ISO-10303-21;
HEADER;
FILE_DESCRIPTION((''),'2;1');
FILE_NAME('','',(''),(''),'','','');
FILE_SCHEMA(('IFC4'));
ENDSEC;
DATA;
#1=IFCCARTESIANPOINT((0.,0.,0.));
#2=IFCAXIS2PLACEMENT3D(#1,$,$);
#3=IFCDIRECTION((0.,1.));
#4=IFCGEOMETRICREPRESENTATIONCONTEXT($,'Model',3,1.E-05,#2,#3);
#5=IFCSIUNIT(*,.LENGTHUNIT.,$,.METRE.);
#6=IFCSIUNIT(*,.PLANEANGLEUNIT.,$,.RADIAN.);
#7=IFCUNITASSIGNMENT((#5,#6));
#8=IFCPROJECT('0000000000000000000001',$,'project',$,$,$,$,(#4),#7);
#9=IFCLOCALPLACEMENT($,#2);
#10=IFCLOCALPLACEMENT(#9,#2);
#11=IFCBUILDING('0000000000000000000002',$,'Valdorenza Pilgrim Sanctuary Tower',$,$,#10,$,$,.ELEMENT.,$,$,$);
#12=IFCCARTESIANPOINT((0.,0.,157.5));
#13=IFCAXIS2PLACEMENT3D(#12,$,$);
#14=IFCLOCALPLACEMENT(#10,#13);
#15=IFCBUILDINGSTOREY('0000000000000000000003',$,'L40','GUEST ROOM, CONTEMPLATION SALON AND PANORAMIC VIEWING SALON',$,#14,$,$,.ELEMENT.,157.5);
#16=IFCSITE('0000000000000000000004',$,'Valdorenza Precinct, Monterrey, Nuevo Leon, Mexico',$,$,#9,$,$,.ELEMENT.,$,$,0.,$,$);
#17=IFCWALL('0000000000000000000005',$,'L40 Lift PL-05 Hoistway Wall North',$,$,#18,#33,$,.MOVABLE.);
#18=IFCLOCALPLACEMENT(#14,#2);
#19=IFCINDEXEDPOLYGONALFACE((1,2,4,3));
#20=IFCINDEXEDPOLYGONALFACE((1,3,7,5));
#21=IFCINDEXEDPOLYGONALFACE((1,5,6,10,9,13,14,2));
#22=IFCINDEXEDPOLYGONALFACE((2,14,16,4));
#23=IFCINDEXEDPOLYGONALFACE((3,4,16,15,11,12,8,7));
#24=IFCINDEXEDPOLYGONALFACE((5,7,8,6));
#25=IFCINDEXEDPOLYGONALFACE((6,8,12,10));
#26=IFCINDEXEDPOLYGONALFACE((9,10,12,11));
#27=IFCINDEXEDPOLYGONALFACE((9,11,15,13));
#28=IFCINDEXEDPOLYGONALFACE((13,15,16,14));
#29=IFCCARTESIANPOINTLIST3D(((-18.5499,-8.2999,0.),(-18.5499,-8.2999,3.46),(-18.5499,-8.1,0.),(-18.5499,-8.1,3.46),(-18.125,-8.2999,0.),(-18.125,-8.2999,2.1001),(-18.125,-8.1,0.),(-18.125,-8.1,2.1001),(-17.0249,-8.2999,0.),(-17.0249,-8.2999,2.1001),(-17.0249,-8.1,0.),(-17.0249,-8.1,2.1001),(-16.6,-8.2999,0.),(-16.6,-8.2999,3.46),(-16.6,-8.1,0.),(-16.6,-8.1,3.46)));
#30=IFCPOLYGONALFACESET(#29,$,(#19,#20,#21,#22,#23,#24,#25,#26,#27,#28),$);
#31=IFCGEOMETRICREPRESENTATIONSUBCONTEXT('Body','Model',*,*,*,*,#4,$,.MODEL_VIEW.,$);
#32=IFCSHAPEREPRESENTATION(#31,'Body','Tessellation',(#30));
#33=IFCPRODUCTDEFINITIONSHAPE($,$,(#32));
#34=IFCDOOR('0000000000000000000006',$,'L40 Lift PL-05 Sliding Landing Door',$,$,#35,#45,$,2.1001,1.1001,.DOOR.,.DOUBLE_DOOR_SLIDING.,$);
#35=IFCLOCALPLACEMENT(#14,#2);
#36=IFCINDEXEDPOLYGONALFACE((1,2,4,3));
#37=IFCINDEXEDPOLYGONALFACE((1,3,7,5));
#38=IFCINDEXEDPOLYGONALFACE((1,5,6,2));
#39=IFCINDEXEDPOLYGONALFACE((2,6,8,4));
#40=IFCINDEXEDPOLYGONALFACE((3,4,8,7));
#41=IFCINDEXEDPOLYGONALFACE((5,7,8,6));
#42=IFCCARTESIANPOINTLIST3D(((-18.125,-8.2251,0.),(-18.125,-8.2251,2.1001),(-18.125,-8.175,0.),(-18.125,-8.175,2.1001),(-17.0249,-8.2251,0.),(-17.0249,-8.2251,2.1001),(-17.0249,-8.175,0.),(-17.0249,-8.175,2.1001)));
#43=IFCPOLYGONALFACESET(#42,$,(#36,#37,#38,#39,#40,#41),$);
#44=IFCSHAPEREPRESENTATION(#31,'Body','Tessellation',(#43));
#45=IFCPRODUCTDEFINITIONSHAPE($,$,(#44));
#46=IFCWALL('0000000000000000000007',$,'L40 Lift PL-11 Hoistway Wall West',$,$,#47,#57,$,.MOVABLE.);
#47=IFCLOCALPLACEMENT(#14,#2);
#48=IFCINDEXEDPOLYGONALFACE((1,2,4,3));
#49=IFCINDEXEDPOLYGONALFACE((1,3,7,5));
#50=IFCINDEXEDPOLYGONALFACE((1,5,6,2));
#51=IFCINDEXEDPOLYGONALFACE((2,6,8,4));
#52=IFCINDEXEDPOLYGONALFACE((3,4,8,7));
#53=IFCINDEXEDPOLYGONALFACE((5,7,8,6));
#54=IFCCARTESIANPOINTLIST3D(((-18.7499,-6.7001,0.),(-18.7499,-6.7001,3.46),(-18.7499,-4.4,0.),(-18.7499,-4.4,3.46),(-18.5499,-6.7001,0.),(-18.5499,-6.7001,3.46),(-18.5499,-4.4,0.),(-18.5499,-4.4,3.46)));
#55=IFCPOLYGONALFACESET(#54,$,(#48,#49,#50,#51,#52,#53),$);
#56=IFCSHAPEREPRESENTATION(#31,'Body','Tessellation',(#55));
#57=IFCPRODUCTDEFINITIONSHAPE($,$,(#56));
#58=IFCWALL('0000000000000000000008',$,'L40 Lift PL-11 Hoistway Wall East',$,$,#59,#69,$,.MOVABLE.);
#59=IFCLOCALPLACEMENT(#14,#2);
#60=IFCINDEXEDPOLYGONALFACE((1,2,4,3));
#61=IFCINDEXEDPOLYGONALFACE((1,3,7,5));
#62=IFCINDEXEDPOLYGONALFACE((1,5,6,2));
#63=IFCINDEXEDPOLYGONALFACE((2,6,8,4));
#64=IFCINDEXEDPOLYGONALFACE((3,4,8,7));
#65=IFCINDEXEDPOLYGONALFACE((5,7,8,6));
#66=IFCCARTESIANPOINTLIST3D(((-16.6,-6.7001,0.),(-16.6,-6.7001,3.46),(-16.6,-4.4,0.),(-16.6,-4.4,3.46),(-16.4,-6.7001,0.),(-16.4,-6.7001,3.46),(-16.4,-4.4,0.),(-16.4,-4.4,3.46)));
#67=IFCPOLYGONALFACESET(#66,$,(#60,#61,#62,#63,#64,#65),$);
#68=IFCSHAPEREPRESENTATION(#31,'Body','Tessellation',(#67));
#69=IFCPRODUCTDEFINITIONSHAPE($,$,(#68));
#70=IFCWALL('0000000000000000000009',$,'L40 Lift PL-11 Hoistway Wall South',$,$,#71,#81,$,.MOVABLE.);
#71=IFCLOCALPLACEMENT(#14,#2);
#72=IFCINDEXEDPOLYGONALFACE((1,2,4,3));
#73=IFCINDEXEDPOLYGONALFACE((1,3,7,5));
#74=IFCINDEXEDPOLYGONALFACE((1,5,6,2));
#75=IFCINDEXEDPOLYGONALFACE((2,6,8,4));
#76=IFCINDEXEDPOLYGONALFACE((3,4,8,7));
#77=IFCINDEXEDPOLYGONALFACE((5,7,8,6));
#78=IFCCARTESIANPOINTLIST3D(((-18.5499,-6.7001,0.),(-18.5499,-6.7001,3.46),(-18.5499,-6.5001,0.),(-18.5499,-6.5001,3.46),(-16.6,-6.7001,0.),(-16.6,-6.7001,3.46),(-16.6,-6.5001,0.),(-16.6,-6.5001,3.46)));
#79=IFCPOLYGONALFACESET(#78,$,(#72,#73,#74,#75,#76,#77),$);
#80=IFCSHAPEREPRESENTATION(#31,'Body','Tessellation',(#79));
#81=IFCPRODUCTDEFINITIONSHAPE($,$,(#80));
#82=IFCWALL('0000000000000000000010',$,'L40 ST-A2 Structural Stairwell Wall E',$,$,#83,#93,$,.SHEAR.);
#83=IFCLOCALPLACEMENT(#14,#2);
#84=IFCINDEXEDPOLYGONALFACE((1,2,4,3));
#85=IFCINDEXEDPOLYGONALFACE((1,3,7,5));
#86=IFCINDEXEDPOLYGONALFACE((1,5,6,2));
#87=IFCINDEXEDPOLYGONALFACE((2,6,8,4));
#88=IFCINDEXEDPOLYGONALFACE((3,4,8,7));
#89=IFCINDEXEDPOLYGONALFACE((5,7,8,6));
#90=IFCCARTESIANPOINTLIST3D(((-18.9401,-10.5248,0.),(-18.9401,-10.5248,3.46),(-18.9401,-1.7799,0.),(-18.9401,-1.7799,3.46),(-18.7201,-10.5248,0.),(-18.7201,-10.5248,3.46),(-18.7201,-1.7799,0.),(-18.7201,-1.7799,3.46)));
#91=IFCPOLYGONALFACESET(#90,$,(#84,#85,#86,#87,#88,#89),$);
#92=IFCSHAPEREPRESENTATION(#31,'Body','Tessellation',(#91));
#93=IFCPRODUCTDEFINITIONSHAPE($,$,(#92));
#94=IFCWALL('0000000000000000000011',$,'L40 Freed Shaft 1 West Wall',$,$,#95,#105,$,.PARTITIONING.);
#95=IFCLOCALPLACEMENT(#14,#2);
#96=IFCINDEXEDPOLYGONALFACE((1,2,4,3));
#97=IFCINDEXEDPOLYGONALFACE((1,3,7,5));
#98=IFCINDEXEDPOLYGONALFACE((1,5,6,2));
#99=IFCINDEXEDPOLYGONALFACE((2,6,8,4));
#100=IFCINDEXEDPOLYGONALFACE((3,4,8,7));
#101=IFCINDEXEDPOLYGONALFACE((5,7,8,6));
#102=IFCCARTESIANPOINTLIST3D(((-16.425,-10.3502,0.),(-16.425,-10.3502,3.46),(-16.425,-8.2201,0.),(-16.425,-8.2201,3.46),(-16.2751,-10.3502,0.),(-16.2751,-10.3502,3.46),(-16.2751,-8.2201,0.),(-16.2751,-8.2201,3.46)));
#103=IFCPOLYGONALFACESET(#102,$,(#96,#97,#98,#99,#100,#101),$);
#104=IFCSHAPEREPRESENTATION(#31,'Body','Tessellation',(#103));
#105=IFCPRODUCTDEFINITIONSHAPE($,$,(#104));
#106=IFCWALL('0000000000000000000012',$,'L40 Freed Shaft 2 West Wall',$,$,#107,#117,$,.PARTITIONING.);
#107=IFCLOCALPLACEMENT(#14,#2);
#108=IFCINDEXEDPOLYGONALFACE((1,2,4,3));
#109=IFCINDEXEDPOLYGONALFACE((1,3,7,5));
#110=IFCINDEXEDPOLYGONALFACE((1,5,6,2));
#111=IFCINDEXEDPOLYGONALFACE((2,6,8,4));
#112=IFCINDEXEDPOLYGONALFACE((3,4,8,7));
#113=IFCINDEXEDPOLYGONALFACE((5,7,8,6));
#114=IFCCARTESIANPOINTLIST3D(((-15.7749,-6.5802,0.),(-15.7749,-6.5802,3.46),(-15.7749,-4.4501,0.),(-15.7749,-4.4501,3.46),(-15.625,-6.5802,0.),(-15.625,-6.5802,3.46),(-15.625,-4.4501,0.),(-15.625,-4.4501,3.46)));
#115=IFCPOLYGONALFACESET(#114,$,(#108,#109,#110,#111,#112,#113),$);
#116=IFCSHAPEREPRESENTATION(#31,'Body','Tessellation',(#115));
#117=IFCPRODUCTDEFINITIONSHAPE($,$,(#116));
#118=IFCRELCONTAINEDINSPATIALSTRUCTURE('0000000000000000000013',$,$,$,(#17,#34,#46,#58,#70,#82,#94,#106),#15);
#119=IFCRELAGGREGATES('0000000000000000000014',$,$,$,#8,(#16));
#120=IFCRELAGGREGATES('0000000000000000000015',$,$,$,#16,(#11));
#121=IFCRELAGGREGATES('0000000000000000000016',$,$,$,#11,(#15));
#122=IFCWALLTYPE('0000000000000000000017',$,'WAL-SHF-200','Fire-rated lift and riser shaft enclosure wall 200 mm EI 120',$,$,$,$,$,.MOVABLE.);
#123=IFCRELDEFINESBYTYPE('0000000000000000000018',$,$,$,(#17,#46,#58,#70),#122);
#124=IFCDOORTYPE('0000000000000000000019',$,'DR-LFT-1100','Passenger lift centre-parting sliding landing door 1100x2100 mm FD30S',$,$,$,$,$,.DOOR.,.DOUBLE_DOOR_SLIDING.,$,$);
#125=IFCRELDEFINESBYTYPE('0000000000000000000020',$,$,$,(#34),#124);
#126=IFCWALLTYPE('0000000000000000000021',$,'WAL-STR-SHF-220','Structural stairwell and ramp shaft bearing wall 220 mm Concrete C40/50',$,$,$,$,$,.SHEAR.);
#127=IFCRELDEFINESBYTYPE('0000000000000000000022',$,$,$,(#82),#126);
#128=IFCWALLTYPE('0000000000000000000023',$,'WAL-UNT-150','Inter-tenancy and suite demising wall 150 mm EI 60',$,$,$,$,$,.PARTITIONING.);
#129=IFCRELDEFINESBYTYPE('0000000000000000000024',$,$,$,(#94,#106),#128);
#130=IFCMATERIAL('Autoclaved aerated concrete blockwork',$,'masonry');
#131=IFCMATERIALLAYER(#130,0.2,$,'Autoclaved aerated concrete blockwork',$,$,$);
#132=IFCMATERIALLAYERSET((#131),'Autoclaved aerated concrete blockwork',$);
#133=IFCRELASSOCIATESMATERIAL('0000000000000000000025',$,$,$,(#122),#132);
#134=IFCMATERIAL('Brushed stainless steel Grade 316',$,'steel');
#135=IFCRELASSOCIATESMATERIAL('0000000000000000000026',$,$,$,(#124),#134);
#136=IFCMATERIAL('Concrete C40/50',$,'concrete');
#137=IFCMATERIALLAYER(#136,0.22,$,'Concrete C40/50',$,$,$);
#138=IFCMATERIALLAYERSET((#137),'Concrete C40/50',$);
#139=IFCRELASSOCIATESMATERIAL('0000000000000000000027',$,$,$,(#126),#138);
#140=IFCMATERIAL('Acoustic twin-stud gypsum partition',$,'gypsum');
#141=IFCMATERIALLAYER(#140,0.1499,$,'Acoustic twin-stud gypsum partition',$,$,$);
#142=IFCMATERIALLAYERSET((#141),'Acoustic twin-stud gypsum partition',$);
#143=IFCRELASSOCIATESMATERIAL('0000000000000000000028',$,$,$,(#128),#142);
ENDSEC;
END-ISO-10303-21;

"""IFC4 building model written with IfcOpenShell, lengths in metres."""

from ifc_helpers import new_model, si_unit, direction, frame, frame_2d, origin, place, context, subcontext, project, spatial, rectangle, extrude, material, layer, layer_set, type_object, element, fill, save


model = new_model("IFC4")

# Units and contexts
model_context = context("Model", 3, precision=1e-05, world=origin(), true_north=direction((0.0, 1.0)))
body_context = subcontext(model_context, "Body", "Model", "MODEL_VIEW")
ifc_project = project(units=[si_unit("LENGTHUNIT", "METRE"), si_unit("PLANEANGLEUNIT", "RADIAN")], contexts=[model_context])

# Site, building, storey
site_placement = place(None, origin())
site = spatial("IfcSite", under=ifc_project, at=site_placement, Name="Valdorenza Precinct, Monterrey, Nuevo Leon, Mexico", CompositionType="ELEMENT", RefElevation=0.0)
building_placement = place(site_placement, origin())
building = spatial("IfcBuilding", under=site, at=building_placement, Name="Valdorenza Pilgrim Sanctuary Tower", CompositionType="ELEMENT")
storey_placement = place(building_placement, frame((0.0, 0.0, 157.5)))
storey = spatial("IfcBuildingStorey", under=building, at=storey_placement, Name="L40", Description="GUEST ROOM, CONTEMPLATION SALON AND PANORAMIC VIEWING SALON", CompositionType="ELEMENT", Elevation=157.5)

# Shared definitions
ifc_material_1 = material(Name="Acoustic twin-stud gypsum partition", Category="gypsum")

# Shared definitions
ifc_material_2 = material(Name="Autoclaved aerated concrete blockwork", Category="masonry")
ifc_layer_1 = layer(ifc_material_2, 0.2, Name="Autoclaved aerated concrete blockwork")
ifc_layer_set_1 = layer_set([ifc_layer_1], Name="Autoclaved aerated concrete blockwork")
wall_type_1 = type_object("IfcWallType", Name="WAL-SHF-200", Description="Fire-rated lift and riser shaft enclosure wall 200 mm EI 120", PredefinedType="MOVABLE", material=ifc_layer_set_1)

# Wall, opening, door
wall_1_placement = place(storey_placement, frame((-18.55, -8.2, 0.0), z_axis=(0.0, 0.0, 1.0), x_axis=(1.0, 0.0, 0.0)))
wall_1 = element("IfcWall", 1, at=wall_1_placement, inside=storey, type_object=wall_type_1, Name="L40 Lift PL-05 Hoistway Wall North", PredefinedType="MOVABLE", context=body_context, shape_type="SweptSolid", body=[
    extrude(rectangle(XDim=1.95, YDim=0.2, at=frame_2d((0.9751, 0.0))), origin(), (0.0, 0.0, 1.0), 3.46),
])
opening_1_placement = place(wall_1_placement, frame((0.425, 0.0, 0.0)))
opening_1 = element("IfcOpeningElement", 2, at=opening_1_placement, cuts=wall_1, PredefinedType="OPENING", context=body_context, shape_type="SweptSolid", body=[
    extrude(rectangle(XDim=1.1001, YDim=2.1001, at=frame_2d((0.55, 1.05))), frame((0.0, 0.1147, 0.0), z_axis=(0.0, -1.0, 0.0), x_axis=(1.0, 0.0, 0.0)), (0.0, 0.0, 1.0), 0.2297),
])
ifc_material_3 = material(Name="Brushed stainless steel Grade 316", Category="steel")
door_type_1 = type_object("IfcDoorType", Name="DR-LFT-1100", Description="Passenger lift centre-parting sliding landing door 1100x2100 mm FD30S", OperationType="DOUBLE_DOOR_SLIDING", PredefinedType="DOOR", material=ifc_material_3)
door_1_placement = place(opening_1_placement, origin())
door_1 = element("IfcDoor", 3, at=door_1_placement, inside=storey, type_object=door_type_1, Name="L40 Lift PL-05 Sliding Landing Door", OperationType="DOUBLE_DOOR_SLIDING", OverallHeight=2.1001, OverallWidth=1.1001, PredefinedType="DOOR", context=body_context, shape_type="SweptSolid", body=[
    extrude(rectangle(XDim=1.1001, YDim=2.1001, at=frame_2d((0.55, 1.05))), frame((0.0, 0.0249, 0.0), z_axis=(0.0, -1.0, 0.0), x_axis=(1.0, 0.0, 0.0)), (0.0, 0.0, 1.0), 0.05),
])
fill(opening_1, door_1)

# Walls
for number, where, z_axis, x_axis, name in (
    (4, (-18.6499, -6.7, 0.0), (0.0, 0.0, 1.0), (0.0, 1.0, 0.0), "L40 Lift PL-11 Hoistway Wall West"),
    (5, (-16.5, -6.7, 0.0), (0.0, 0.0, 1.0), (0.0, 1.0, 0.0), "L40 Lift PL-11 Hoistway Wall East"),
):
    element("IfcWall", number, at=place(storey_placement, frame(where, z_axis=z_axis, x_axis=x_axis)), inside=storey, type_object=wall_type_1, Name=name, PredefinedType="MOVABLE", context=body_context, shape_type="SweptSolid", body=[
        extrude(rectangle(XDim=2.3, YDim=0.2, at=frame_2d((1.1499, 0.0))), origin(), (0.0, 0.0, 1.0), 3.46),
    ])
wall_2_placement = place(storey_placement, frame((-18.55, -6.6001, 0.0), z_axis=(0.0, 0.0, 1.0), x_axis=(1.0, 0.0, 0.0)))
element("IfcWall", 6, at=wall_2_placement, inside=storey, type_object=wall_type_1, Name="L40 Lift PL-11 Hoistway Wall South", PredefinedType="MOVABLE", context=body_context, shape_type="SweptSolid", body=[
    extrude(rectangle(XDim=1.95, YDim=0.2, at=frame_2d((0.9751, 0.0))), origin(), (0.0, 0.0, 1.0), 3.46),
])
ifc_material_4 = material(Name="Concrete C40/50", Category="concrete")
ifc_layer_2 = layer(ifc_material_4, 0.22, Name="Concrete C40/50")
ifc_layer_set_2 = layer_set([ifc_layer_2], Name="Concrete C40/50")
wall_type_2 = type_object("IfcWallType", Name="WAL-STR-SHF-220", Description="Structural stairwell and ramp shaft bearing wall 220 mm Concrete C40/50", PredefinedType="SHEAR", material=ifc_layer_set_2)
wall_3_placement = place(storey_placement, frame((-18.8301, -10.5249, 0.0), z_axis=(0.0, 0.0, 1.0), x_axis=(0.0, 1.0, 0.0)))
element("IfcWall", 7, at=wall_3_placement, inside=storey, type_object=wall_type_2, Name="L40 ST-A2 Structural Stairwell Wall E", PredefinedType="SHEAR", context=body_context, shape_type="SweptSolid", body=[
    extrude(rectangle(XDim=8.7449, YDim=0.22, at=frame_2d((4.3726, 0.0))), origin(), (0.0, 0.0, 1.0), 3.46),
])
ifc_layer_3 = layer(ifc_material_1, 0.1499, Name="Acoustic twin-stud gypsum partition")
ifc_layer_set_3 = layer_set([ifc_layer_3], Name="Acoustic twin-stud gypsum partition")
wall_type_3 = type_object("IfcWallType", Name="WAL-UNT-150", Description="Inter-tenancy and suite demising wall 150 mm EI 60", PredefinedType="PARTITIONING", material=ifc_layer_set_3)
for number, where, z_axis, x_axis, name in (
    (8, (-16.3501, -10.3501, 0.0), (0.0, 0.0, 1.0), (0.0, 1.0, 0.0), "L40 Freed Shaft 1 West Wall"),
    (9, (-15.7, -6.5801, 0.0), (0.0, 0.0, 1.0), (0.0, 1.0, 0.0), "L40 Freed Shaft 2 West Wall"),
):
    element("IfcWall", number, at=place(storey_placement, frame(where, z_axis=z_axis, x_axis=x_axis)), inside=storey, type_object=wall_type_3, Name=name, PredefinedType="PARTITIONING", context=body_context, shape_type="SweptSolid", body=[
        extrude(rectangle(XDim=2.1301, YDim=0.1499, at=frame_2d((1.0649, 0.0))), origin(), (0.0, 0.0, 1.0), 3.46),
    ])

save(model, "model.ifc")
